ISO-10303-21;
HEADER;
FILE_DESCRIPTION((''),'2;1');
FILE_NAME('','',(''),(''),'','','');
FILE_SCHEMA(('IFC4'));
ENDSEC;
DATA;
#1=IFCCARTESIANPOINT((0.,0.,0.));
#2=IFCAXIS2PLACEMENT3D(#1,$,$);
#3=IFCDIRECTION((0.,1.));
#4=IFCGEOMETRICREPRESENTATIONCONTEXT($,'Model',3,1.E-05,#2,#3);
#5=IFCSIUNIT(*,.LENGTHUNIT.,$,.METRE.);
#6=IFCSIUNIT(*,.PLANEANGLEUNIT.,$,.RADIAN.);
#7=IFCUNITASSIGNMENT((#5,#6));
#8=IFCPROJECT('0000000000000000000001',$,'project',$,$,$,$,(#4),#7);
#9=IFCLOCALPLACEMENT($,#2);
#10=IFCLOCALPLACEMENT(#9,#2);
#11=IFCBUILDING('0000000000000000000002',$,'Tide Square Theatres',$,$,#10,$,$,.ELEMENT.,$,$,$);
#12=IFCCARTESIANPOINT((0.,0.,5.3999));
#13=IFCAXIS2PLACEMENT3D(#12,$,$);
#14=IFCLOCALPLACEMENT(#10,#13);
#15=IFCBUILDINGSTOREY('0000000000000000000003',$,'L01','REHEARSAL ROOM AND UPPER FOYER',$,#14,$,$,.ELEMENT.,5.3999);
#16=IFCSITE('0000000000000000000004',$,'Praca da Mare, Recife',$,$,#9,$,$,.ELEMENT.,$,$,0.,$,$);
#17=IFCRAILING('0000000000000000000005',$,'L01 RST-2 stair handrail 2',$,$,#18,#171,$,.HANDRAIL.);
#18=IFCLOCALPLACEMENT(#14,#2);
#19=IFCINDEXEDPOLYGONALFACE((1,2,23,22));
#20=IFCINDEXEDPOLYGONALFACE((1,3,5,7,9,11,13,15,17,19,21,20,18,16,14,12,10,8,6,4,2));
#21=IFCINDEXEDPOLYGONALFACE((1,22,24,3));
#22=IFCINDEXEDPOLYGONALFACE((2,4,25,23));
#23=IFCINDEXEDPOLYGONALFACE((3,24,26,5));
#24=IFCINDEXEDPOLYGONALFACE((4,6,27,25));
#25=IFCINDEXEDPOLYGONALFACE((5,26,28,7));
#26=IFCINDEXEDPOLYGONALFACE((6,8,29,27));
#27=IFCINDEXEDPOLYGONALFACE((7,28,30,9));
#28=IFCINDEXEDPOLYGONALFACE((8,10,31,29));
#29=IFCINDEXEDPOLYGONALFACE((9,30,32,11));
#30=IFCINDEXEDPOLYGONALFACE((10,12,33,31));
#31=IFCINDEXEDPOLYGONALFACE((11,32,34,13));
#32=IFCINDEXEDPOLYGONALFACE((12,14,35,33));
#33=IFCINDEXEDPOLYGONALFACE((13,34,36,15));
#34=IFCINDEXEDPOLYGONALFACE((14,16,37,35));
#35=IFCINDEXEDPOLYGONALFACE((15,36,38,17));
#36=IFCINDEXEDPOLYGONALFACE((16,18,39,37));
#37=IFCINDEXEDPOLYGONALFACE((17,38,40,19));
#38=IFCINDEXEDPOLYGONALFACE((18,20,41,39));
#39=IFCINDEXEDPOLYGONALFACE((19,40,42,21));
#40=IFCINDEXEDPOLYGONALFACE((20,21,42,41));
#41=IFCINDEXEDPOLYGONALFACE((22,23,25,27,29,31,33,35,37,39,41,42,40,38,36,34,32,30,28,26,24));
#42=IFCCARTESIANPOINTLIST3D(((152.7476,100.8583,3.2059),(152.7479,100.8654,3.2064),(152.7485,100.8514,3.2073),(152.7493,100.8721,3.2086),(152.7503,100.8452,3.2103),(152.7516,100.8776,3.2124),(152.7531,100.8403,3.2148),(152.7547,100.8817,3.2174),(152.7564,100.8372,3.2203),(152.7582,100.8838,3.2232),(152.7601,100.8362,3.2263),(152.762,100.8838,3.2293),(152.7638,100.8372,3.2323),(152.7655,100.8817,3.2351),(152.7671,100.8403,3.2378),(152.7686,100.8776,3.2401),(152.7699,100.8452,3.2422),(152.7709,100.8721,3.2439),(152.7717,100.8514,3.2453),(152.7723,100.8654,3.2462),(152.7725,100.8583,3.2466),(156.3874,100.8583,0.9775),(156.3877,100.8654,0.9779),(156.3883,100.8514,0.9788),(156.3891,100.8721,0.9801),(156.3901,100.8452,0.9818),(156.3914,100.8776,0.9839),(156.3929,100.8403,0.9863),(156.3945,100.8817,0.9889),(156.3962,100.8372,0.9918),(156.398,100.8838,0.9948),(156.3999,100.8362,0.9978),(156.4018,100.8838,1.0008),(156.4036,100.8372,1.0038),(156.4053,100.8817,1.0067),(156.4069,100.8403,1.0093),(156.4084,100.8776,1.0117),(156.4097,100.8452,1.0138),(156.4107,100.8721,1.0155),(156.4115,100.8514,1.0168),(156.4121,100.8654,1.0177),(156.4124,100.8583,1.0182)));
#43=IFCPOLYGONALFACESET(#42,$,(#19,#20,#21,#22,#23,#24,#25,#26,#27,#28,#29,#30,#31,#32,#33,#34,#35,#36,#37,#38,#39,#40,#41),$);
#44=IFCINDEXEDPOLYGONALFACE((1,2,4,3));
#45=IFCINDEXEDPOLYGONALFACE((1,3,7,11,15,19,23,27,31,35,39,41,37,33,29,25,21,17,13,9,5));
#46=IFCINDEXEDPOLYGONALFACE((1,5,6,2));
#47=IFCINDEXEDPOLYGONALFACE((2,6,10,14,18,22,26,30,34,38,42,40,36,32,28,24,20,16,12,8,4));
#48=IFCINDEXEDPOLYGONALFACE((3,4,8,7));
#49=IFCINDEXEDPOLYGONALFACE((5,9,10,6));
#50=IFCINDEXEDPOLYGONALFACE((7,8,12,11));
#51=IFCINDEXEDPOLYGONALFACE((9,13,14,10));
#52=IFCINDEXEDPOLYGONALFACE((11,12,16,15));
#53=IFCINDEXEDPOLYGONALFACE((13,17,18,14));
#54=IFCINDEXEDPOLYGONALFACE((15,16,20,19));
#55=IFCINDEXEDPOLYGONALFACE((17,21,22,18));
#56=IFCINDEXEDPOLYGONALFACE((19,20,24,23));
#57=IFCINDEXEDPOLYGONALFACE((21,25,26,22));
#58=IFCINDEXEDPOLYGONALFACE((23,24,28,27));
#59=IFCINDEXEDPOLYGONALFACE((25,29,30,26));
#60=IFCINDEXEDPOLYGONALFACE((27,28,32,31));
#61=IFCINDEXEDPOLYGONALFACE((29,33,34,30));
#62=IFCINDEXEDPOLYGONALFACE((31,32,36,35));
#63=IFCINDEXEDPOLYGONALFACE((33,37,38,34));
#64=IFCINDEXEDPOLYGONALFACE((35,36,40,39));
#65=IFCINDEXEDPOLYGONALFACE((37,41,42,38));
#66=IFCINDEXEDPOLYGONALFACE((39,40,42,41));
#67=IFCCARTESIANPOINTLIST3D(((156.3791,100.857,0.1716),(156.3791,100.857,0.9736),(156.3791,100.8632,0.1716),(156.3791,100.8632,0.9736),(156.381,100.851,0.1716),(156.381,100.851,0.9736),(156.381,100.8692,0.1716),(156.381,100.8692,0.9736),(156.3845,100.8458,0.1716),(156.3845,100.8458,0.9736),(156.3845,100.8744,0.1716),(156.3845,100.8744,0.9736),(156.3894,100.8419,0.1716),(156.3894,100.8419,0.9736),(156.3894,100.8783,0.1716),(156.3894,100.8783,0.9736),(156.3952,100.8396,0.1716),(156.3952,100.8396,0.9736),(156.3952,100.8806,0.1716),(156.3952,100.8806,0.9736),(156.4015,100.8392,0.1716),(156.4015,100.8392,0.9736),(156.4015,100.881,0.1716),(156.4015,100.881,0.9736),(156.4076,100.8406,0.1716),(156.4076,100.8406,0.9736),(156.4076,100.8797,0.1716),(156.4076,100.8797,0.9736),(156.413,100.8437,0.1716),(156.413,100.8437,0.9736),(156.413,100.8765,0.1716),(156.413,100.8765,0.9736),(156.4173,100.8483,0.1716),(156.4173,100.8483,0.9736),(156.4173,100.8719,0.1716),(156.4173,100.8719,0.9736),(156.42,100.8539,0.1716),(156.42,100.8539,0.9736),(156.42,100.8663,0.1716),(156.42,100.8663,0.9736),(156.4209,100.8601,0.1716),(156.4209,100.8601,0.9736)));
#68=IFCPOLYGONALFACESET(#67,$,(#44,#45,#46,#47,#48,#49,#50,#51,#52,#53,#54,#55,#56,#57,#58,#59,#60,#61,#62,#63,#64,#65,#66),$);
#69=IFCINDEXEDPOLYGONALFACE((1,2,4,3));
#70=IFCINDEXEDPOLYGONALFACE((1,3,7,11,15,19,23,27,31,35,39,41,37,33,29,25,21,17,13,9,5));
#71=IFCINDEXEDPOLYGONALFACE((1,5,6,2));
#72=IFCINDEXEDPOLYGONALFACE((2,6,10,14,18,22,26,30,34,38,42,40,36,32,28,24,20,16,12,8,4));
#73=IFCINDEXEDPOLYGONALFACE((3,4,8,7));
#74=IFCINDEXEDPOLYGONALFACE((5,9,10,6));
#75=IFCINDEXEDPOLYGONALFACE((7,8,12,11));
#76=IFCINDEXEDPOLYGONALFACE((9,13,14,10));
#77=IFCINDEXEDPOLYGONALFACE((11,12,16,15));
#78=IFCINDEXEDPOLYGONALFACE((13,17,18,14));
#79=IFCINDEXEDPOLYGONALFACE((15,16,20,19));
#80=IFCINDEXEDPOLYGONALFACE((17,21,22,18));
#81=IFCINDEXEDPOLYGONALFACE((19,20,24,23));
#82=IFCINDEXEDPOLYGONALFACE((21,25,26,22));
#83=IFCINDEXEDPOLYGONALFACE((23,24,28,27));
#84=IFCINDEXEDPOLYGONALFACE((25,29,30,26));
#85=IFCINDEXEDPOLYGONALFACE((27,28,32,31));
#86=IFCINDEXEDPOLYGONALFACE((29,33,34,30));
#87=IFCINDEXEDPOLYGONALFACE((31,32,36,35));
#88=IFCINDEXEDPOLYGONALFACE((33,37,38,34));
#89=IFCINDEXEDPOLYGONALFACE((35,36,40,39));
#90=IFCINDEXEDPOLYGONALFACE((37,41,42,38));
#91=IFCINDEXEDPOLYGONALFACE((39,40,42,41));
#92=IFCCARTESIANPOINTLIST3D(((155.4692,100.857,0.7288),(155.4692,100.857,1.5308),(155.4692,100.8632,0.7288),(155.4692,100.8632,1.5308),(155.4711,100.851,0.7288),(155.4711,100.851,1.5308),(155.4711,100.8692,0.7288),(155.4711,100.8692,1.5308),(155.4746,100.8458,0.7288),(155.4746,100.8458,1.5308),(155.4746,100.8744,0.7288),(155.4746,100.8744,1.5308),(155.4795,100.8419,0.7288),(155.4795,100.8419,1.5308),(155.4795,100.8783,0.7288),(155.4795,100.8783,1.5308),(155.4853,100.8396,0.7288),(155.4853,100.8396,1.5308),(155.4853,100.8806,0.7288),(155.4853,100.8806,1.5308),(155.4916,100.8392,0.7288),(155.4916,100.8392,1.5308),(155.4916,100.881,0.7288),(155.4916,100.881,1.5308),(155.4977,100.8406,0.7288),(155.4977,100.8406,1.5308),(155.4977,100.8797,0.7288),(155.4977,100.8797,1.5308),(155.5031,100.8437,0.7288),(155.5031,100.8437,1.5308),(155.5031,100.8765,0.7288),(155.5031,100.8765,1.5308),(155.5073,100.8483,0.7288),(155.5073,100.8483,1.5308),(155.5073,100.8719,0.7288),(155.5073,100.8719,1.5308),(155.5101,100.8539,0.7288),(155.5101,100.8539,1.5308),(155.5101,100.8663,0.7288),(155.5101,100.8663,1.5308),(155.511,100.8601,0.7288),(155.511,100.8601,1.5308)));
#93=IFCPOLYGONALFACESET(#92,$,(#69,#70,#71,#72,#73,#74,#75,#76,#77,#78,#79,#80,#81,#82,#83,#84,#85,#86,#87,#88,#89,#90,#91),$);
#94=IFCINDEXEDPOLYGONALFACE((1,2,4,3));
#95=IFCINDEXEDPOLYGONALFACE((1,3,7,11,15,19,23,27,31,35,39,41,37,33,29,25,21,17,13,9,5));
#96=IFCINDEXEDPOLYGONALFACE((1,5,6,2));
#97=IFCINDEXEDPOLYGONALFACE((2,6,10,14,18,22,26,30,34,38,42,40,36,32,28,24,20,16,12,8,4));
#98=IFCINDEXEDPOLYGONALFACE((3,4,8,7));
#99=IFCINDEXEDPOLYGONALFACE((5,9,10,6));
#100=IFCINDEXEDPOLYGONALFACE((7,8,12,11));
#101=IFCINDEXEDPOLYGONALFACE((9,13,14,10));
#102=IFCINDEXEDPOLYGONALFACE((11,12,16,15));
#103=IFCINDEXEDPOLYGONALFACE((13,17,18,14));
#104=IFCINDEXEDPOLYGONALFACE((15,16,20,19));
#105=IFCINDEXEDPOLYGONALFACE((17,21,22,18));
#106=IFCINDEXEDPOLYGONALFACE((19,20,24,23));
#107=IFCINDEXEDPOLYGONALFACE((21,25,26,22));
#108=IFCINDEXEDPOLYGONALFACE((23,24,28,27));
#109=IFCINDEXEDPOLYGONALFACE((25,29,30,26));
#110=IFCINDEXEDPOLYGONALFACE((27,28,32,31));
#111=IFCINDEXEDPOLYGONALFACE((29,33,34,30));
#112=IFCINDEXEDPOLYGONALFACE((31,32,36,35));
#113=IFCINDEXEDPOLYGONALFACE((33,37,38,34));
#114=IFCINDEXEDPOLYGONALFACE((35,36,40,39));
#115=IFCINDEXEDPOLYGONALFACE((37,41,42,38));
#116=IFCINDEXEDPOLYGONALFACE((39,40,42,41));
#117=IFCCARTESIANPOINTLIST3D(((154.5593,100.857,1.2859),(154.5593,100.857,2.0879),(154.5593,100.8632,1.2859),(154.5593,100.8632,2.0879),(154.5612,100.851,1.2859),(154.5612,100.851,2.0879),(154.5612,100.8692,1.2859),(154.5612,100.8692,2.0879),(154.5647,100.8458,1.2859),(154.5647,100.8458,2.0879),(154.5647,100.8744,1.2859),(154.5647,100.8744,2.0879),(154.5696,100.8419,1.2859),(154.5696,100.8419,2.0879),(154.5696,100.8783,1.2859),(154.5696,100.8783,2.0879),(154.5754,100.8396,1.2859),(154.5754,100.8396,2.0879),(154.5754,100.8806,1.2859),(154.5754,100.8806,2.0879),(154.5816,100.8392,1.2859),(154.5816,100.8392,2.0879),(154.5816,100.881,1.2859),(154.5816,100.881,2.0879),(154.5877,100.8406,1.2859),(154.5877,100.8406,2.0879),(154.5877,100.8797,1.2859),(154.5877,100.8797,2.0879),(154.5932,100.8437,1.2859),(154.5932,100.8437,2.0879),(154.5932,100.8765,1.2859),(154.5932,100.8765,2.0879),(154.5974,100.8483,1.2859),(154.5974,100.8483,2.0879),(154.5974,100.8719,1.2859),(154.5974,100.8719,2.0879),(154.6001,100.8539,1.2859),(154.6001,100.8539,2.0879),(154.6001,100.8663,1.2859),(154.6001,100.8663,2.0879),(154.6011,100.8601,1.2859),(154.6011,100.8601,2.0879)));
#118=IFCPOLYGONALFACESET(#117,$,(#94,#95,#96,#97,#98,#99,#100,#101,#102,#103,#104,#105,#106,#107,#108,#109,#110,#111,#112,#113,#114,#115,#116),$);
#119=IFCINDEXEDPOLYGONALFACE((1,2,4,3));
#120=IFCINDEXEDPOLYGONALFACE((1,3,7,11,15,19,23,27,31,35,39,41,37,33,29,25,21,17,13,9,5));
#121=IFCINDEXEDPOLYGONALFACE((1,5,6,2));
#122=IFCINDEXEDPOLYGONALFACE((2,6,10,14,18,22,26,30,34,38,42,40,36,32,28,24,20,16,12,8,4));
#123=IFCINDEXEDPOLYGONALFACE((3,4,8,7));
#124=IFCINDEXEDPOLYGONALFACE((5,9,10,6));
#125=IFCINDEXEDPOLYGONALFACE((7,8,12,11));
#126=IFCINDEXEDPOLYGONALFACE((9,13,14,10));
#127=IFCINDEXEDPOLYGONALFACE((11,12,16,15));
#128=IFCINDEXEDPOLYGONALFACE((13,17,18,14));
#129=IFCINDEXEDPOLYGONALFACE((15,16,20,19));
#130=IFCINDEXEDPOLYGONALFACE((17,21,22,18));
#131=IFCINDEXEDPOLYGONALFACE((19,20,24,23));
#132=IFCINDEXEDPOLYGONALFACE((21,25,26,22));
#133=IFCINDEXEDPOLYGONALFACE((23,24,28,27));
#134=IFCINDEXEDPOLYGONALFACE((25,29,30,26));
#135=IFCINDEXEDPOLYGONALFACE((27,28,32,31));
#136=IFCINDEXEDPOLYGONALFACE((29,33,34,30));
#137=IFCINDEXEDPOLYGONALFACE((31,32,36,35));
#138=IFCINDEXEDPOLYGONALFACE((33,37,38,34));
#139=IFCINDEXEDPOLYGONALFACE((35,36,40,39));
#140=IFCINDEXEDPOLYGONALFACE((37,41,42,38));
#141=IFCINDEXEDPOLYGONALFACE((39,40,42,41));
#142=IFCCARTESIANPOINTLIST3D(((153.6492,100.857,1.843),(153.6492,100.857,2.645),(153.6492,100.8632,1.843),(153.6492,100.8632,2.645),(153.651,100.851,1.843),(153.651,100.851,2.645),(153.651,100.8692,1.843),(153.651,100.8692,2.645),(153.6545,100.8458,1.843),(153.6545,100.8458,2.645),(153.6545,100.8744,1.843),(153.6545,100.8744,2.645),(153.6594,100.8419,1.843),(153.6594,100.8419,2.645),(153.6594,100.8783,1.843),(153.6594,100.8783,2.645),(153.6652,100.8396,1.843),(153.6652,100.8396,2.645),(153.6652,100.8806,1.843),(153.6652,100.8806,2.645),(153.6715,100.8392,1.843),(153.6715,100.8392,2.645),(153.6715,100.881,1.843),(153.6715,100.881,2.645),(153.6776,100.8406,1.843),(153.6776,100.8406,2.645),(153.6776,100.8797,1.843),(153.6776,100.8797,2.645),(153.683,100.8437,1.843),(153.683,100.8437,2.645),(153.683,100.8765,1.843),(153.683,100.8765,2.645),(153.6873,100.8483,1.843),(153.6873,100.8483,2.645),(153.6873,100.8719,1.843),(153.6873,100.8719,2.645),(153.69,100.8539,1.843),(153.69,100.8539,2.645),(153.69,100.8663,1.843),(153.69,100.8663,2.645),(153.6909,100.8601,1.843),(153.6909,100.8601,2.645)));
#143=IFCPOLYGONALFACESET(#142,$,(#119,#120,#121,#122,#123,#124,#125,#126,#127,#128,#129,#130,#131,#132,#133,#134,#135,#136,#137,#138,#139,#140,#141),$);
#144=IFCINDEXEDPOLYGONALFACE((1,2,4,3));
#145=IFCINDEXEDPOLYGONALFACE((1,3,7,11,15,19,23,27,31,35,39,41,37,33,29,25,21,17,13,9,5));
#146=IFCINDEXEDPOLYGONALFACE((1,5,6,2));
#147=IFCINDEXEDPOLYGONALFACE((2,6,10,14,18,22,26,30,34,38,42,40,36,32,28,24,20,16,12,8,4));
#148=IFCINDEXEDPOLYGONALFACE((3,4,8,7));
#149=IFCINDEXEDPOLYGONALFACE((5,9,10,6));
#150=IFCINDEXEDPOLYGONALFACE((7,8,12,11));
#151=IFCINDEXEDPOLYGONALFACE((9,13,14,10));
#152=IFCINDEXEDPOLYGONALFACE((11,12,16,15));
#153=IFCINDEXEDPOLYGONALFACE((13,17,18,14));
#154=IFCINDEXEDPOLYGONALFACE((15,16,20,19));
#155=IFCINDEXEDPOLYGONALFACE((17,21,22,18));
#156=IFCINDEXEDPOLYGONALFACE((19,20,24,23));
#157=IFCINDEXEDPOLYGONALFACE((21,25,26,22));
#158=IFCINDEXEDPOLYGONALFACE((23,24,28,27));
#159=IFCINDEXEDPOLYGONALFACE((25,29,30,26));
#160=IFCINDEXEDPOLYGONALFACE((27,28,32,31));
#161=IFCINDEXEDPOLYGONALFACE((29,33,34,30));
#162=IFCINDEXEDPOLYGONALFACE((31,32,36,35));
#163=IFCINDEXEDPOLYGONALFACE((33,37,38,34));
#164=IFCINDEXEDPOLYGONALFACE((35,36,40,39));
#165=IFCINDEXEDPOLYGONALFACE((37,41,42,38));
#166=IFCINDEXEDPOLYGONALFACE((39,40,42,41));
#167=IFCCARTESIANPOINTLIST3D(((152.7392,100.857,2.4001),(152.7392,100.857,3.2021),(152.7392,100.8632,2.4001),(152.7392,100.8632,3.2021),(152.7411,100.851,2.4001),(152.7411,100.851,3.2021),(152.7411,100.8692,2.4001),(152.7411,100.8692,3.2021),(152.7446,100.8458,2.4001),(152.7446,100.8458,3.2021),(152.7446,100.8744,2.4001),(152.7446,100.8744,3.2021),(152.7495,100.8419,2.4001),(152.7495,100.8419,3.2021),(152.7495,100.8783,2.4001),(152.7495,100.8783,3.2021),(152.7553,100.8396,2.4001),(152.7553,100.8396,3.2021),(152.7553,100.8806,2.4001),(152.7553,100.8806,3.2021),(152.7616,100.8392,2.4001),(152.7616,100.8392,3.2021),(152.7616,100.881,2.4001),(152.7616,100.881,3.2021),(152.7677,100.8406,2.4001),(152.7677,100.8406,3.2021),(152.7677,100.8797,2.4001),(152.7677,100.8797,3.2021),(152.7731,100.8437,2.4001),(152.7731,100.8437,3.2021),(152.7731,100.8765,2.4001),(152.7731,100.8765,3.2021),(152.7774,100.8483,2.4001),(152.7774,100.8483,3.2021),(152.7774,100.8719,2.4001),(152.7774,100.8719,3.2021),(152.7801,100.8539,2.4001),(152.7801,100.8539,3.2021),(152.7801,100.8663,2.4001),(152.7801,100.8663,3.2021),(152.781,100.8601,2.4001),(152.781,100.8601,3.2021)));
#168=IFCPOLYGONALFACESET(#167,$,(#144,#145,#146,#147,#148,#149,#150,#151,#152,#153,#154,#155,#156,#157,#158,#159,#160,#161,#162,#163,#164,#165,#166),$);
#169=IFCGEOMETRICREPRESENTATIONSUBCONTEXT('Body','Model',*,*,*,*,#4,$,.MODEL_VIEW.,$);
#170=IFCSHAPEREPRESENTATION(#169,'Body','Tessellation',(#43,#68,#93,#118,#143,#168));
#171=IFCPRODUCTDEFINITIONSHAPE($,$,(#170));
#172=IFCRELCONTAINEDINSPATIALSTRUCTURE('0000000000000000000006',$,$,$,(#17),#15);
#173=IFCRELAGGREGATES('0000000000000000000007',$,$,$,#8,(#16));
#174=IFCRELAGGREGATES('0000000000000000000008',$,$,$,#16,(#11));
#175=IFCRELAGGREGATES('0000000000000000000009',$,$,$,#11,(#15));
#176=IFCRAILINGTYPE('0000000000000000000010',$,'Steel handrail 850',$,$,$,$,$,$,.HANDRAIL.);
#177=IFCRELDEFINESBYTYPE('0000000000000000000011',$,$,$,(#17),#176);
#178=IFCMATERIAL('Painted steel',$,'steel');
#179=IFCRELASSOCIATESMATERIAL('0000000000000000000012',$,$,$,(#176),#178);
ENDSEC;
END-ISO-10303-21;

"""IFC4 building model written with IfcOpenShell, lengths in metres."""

from ifc_helpers import new_model, si_unit, direction, frame, origin, origin_2d, place, context, subcontext, project, spatial, circle, extrude, material, type_object, element, save


model = new_model("IFC4")

# Units and contexts
model_context = context("Model", 3, precision=1e-05, world=origin(), true_north=direction((0.0, 1.0)))
body_context = subcontext(model_context, "Body", "Model", "MODEL_VIEW")
ifc_project = project(units=[si_unit("LENGTHUNIT", "METRE"), si_unit("PLANEANGLEUNIT", "RADIAN")], contexts=[model_context])

# Site, building, storey
site_placement = place(None, origin())
site = spatial("IfcSite", under=ifc_project, at=site_placement, Name="Praca da Mare, Recife", CompositionType="ELEMENT", RefElevation=0.0)
building_placement = place(site_placement, origin())
building = spatial("IfcBuilding", under=site, at=building_placement, Name="Tide Square Theatres", CompositionType="ELEMENT")
storey_placement = place(building_placement, frame((0.0, 0.0, 5.3999)))
storey = spatial("IfcBuildingStorey", under=building, at=storey_placement, Name="L01", Description="REHEARSAL ROOM AND UPPER FOYER", CompositionType="ELEMENT", Elevation=5.3999)

# Railing
ifc_material_1 = material(Name="Painted steel", Category="steel")
railing_type_1 = type_object("IfcRailingType", Name="Steel handrail 850", PredefinedType="HANDRAIL", material=ifc_material_1)
for number, where, name in (
    (1, (156.3999, 100.8601, 0.1716), "L01 RST-2 stair handrail 2"),
):
    element("IfcRailing", number, at=place(storey_placement, frame(where)), inside=storey, type_object=railing_type_1, Name=name, PredefinedType="HANDRAIL", context=body_context, shape_type="SweptSolid", body=[
        extrude(circle(Radius=0.0239, at=origin_2d()), frame((0.0, 0.0, 0.8262), z_axis=(-0.85285, 0.0, 0.522156), x_axis=(0.0, -1.0, 0.0)), (0.0, 0.0, 1.0), 4.2678),
        extrude(circle(Radius=0.021, at=origin_2d()), origin(), (0.0, 0.0, 1.0), 0.802),
        extrude(circle(Radius=0.021, at=origin_2d()), frame((-0.9099, 0.0, 0.5571)), (0.0, 0.0, 1.0), 0.802),
        extrude(circle(Radius=0.021, at=origin_2d()), frame((-1.8198, 0.0, 1.1143)), (0.0, 0.0, 1.0), 0.802),
        extrude(circle(Radius=0.021, at=origin_2d()), frame((-2.73, 0.0, 1.6714)), (0.0, 0.0, 1.0), 0.802),
        extrude(circle(Radius=0.021, at=origin_2d()), frame((-3.6399, 0.0, 2.2285)), (0.0, 0.0, 1.0), 0.802),
    ])

save(model, "model.ifc")
